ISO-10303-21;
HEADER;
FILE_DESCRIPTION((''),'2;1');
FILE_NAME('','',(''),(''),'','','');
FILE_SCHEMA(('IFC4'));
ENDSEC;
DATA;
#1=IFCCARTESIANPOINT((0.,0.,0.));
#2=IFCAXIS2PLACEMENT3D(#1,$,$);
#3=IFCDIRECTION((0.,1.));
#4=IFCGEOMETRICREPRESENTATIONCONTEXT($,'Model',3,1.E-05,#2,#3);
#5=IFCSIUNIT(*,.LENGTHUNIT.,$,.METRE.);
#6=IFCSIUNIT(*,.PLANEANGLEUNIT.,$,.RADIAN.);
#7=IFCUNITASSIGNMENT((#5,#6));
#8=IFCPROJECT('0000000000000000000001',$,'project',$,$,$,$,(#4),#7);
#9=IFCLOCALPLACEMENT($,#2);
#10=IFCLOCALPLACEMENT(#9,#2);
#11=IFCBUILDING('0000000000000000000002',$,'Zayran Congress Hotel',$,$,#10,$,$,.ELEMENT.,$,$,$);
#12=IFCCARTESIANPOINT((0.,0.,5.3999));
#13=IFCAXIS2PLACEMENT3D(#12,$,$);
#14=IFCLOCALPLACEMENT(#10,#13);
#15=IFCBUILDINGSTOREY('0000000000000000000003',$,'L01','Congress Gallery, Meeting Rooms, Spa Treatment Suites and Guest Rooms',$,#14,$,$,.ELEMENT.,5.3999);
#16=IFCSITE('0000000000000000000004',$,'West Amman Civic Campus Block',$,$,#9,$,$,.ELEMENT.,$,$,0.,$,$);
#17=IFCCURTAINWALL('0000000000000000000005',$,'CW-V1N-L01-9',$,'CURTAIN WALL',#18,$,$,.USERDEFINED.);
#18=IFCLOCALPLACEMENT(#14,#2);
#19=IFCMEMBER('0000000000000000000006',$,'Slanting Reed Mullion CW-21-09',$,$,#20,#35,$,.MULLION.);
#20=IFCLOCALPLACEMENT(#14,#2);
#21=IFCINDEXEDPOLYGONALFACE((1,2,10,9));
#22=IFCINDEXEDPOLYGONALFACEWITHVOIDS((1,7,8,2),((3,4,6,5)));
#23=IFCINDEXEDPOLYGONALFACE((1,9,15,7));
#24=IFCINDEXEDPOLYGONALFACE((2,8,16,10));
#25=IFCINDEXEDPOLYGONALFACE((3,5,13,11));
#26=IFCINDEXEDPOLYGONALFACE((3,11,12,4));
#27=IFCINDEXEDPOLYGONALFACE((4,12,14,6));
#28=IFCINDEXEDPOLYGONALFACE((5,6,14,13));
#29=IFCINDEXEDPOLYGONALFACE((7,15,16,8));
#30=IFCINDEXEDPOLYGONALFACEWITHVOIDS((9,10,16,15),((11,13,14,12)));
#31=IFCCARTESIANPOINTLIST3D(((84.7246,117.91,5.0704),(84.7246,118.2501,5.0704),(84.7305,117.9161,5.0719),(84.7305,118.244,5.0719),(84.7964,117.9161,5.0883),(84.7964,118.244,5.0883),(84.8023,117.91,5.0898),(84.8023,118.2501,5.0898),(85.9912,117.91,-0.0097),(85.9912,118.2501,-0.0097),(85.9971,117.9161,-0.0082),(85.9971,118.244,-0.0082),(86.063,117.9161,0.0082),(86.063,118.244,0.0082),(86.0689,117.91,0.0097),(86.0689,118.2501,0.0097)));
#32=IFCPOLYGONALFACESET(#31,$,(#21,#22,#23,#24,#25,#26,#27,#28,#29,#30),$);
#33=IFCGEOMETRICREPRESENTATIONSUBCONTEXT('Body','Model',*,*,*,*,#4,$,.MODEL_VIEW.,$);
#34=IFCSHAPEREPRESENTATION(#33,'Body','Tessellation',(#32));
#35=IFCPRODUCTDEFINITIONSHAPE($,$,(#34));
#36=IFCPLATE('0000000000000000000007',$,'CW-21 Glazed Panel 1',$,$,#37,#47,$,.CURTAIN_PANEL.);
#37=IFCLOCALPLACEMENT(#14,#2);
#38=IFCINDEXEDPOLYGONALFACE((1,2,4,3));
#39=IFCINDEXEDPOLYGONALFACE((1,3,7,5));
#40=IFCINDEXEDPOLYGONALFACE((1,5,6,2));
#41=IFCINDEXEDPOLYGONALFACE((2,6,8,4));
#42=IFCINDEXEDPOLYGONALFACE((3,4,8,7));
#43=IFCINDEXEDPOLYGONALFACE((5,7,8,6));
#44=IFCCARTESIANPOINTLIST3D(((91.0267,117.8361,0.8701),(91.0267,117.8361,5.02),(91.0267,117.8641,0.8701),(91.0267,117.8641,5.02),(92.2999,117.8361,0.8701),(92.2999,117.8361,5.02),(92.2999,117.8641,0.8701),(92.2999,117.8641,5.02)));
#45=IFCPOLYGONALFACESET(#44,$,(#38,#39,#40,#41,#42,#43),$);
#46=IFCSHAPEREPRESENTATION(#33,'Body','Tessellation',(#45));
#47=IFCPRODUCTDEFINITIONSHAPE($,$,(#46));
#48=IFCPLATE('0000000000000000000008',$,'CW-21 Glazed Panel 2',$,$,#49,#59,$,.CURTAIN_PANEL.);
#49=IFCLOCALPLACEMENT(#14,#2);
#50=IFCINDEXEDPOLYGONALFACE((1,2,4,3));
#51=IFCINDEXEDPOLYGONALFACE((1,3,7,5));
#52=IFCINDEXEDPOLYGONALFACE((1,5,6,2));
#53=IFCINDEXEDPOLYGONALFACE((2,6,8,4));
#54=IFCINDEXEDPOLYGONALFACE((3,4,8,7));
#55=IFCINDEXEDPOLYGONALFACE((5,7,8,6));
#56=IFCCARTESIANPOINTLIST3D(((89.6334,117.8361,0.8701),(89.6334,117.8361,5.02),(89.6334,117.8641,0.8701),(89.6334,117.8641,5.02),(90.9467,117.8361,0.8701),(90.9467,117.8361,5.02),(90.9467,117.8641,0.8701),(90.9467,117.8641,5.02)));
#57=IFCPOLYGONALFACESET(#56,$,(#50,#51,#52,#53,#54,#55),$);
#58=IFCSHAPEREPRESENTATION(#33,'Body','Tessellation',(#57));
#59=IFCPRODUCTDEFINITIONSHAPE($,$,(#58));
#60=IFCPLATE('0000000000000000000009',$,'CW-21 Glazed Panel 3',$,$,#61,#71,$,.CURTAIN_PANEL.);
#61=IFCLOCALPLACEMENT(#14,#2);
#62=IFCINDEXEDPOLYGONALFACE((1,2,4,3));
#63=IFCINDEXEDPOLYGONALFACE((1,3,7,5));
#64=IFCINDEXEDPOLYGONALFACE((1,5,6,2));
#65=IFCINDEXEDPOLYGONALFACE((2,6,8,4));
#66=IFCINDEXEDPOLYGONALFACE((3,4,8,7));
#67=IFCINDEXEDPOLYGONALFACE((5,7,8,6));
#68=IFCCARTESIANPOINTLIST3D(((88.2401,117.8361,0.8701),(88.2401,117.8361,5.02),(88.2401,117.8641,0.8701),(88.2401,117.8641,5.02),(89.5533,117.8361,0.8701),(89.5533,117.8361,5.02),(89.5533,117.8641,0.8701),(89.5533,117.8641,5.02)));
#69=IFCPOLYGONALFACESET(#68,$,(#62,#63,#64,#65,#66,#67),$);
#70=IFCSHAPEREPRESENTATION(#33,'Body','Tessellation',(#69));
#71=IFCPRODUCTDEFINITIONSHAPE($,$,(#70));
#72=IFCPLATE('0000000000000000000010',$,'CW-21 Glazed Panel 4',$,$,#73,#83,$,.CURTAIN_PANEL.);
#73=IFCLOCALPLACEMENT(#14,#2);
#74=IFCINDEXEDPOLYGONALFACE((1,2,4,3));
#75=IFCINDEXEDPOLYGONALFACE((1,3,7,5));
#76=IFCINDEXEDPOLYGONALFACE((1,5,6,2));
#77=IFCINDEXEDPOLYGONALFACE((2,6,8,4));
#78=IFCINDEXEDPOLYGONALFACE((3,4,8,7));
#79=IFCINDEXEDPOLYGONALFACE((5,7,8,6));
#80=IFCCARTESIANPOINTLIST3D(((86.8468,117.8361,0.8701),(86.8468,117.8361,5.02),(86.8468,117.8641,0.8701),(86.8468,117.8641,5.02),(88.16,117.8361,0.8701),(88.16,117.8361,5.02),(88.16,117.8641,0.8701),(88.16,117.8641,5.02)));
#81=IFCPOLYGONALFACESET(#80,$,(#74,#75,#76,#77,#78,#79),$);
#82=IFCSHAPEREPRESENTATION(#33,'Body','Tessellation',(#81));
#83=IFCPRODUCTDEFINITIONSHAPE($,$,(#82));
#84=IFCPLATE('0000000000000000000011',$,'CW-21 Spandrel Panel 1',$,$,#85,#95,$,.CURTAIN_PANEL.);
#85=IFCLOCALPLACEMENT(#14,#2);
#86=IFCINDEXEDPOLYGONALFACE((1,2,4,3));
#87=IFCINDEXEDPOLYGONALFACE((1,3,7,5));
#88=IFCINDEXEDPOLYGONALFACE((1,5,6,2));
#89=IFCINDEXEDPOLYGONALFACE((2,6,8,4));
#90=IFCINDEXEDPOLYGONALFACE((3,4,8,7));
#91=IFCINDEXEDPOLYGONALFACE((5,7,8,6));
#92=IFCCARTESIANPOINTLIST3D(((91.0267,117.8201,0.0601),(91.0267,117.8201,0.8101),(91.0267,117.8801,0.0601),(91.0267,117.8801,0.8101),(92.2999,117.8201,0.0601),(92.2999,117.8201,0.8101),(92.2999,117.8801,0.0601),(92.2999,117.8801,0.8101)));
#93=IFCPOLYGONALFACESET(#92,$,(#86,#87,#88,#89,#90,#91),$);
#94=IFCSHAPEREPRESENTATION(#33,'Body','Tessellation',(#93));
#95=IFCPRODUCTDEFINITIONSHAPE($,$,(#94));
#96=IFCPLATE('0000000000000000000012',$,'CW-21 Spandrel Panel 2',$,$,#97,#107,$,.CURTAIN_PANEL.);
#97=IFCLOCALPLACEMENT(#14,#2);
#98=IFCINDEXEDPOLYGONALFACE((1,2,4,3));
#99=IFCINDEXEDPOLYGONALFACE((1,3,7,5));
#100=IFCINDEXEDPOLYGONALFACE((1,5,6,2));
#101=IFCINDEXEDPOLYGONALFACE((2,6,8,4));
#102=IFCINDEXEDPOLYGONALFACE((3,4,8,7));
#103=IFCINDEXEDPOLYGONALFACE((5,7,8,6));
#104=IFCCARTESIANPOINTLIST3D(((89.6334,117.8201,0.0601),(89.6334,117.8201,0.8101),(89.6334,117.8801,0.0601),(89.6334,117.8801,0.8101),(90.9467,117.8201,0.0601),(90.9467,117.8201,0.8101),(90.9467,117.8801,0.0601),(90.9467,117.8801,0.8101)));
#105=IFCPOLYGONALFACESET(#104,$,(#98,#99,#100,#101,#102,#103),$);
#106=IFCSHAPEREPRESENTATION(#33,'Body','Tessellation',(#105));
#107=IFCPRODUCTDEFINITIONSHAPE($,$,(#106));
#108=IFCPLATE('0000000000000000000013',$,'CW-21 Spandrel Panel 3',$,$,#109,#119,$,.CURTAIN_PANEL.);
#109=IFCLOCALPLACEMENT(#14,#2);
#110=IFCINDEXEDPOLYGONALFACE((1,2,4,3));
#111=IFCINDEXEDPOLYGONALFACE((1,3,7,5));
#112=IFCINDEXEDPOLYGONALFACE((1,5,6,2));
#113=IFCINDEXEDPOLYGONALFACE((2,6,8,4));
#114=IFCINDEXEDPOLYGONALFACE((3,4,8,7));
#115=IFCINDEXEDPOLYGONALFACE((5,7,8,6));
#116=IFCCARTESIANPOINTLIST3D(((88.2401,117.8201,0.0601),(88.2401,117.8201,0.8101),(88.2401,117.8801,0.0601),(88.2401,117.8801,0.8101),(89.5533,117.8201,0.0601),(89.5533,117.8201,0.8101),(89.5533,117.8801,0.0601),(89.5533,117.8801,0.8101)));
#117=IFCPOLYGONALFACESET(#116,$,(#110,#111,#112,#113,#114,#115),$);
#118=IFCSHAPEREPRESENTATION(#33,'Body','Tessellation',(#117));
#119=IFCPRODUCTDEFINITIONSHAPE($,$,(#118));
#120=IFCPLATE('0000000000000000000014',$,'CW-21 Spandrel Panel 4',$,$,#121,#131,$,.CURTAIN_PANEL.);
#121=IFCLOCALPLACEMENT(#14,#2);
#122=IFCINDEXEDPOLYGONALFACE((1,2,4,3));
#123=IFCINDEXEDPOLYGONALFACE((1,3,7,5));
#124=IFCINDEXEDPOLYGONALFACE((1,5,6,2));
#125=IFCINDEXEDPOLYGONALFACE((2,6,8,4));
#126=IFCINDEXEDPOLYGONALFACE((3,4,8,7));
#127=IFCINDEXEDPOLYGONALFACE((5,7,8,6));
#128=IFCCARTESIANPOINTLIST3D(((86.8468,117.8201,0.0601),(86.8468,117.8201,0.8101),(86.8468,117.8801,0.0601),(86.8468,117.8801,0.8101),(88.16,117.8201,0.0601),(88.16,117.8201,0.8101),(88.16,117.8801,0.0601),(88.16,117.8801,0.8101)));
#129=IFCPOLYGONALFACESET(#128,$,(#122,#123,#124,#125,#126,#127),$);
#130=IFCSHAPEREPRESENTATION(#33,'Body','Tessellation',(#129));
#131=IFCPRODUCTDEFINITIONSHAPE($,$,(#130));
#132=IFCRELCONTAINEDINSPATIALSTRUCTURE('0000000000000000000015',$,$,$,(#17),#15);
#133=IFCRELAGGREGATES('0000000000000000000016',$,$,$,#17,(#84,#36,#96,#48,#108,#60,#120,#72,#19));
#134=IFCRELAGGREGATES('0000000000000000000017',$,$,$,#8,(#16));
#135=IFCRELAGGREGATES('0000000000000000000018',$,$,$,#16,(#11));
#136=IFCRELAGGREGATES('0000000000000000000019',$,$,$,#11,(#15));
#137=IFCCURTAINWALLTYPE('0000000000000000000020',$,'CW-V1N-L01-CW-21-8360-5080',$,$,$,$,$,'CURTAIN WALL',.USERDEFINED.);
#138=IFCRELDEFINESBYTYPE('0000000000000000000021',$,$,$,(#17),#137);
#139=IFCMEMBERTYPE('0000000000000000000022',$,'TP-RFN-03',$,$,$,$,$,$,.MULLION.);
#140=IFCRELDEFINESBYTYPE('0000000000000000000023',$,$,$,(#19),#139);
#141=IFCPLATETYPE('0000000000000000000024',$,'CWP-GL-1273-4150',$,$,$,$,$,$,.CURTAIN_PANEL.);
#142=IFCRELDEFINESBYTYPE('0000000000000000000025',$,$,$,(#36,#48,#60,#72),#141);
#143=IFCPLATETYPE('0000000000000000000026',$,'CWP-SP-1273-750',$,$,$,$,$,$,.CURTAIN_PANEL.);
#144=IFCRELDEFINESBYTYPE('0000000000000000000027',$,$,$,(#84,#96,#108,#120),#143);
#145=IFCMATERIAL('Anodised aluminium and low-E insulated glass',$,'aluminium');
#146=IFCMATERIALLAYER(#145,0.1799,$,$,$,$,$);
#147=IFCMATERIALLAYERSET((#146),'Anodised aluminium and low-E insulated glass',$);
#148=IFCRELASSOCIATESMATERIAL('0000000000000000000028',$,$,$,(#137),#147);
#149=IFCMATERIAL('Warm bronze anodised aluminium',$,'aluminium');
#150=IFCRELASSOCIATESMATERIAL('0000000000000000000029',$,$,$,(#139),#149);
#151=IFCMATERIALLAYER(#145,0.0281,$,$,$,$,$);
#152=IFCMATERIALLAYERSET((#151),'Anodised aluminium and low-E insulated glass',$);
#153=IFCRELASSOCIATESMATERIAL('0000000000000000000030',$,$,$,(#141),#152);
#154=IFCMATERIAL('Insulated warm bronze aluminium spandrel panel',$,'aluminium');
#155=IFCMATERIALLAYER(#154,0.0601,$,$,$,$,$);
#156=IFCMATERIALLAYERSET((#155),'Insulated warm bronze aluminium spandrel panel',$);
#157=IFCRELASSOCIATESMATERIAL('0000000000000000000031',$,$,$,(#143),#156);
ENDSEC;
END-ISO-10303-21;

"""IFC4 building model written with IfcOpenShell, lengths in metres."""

from ifc_helpers import new_model, si_unit, direction, frame, origin, origin_2d, place, context, subcontext, project, spatial, rectangle, hollow_rectangle, extrude, material, layer, layer_set, material_profile, profile_set, type_object, element, aggregate, save


model = new_model("IFC4")

# Units and contexts
model_context = context("Model", 3, precision=1e-05, world=origin(), true_north=direction((0.0, 1.0)))
body_context = subcontext(model_context, "Body", "Model", "MODEL_VIEW")
ifc_project = project(units=[si_unit("LENGTHUNIT", "METRE"), si_unit("PLANEANGLEUNIT", "RADIAN")], contexts=[model_context])

# Site, building, storey
site_placement = place(None, origin())
site = spatial("IfcSite", under=ifc_project, at=site_placement, Name="West Amman Civic Campus Block", CompositionType="ELEMENT", RefElevation=0.0)
building_placement = place(site_placement, origin())
building = spatial("IfcBuilding", under=site, at=building_placement, Name="Zayran Congress Hotel", CompositionType="ELEMENT")
storey_placement = place(building_placement, frame((0.0, 0.0, 5.3999)))
storey = spatial("IfcBuildingStorey", under=building, at=storey_placement, Name="L01", Description="Congress Gallery, Meeting Rooms, Spa Treatment Suites and Guest Rooms", CompositionType="ELEMENT", Elevation=5.3999)

# Curtain wall, member, plates
ifc_material_1 = material(Name="Anodised aluminium and low-E insulated glass", Category="aluminium")
ifc_layer_1 = layer(ifc_material_1, 0.1799)
ifc_layer_set_1 = layer_set([ifc_layer_1], Name="Anodised aluminium and low-E insulated glass")
curtain_wall_type = type_object("IfcCurtainWallType", Name="CW-V1N-L01-CW-21-8360-5080", ElementType="CURTAIN WALL", PredefinedType="USERDEFINED", material=ifc_layer_set_1)
curtain_wall_placement = place(storey_placement, origin())
curtain_wall = element("IfcCurtainWall", 1, at=curtain_wall_placement, inside=storey, type_object=curtain_wall_type, Name="CW-V1N-L01-9", ObjectType="CURTAIN WALL", PredefinedType="USERDEFINED")
ifc_material_2 = material(Name="Warm bronze anodised aluminium", Category="aluminium")
ifc_material_profile_1 = material_profile(ifc_material_2, hollow_rectangle(XDim=0.0801, YDim=0.3401, WallThickness=0.0061, at=origin_2d()), Name="RHS 340x80x6")
ifc_profile_set_1 = profile_set([ifc_material_profile_1], Name="Warm bronze anodised aluminium")
member_type_1 = type_object("IfcMemberType", Name="TP-RFN-03", PredefinedType="MULLION", material=ifc_profile_set_1)
member_1_placement = place(storey_placement, frame((86.03, 118.0801, 0.0), z_axis=(-0.241921, 0.0, 0.970296), x_axis=(0.970296, 0.0, 0.241921)))
member_1 = element("IfcMember", 2, at=member_1_placement, type_object=member_type_1, Name="Slanting Reed Mullion CW-21-09", PredefinedType="MULLION", context=body_context, shape_type="SweptSolid", body=[
    extrude(hollow_rectangle(XDim=0.0801, YDim=0.3401, WallThickness=0.0061, at=origin_2d()), origin(), (0.0, 0.0, 1.0), 5.2356),
])
ifc_layer_2 = layer(ifc_material_1, 0.0281)
ifc_layer_set_2 = layer_set([ifc_layer_2], Name="Anodised aluminium and low-E insulated glass")
plate_type_1 = type_object("IfcPlateType", Name="CWP-GL-1273-4150", PredefinedType="CURTAIN_PANEL", material=ifc_layer_set_2)
plate_1_placement = place(storey_placement, frame((91.6633, 117.8501, 0.8701), z_axis=(0.0, 0.0, 1.0), x_axis=(1.0, 0.0, 0.0)))
plate_1 = element("IfcPlate", 3, at=plate_1_placement, type_object=plate_type_1, Name="CW-21 Glazed Panel 1", PredefinedType="CURTAIN_PANEL", context=body_context, shape_type="SweptSolid", body=[
    extrude(rectangle(XDim=1.2732, YDim=0.0281, at=origin_2d()), origin(), (0.0, 0.0, 1.0), 4.1499),
])
plate_2_placement = place(storey_placement, frame((90.29, 117.8501, 0.8701), z_axis=(0.0, 0.0, 1.0), x_axis=(1.0, 0.0, 0.0)))
plate_2 = element("IfcPlate", 4, at=plate_2_placement, type_object=plate_type_1, Name="CW-21 Glazed Panel 2", PredefinedType="CURTAIN_PANEL", context=body_context, shape_type="SweptSolid", body=[
    extrude(rectangle(XDim=1.3132, YDim=0.0281, at=origin_2d()), origin(), (0.0, 0.0, 1.0), 4.1499),
])
plate_3_placement = place(storey_placement, frame((88.8967, 117.8501, 0.8701), z_axis=(0.0, 0.0, 1.0), x_axis=(1.0, 0.0, 0.0)))
plate_3 = element("IfcPlate", 5, at=plate_3_placement, type_object=plate_type_1, Name="CW-21 Glazed Panel 3", PredefinedType="CURTAIN_PANEL", context=body_context, shape_type="SweptSolid", body=[
    extrude(rectangle(XDim=1.3132, YDim=0.0281, at=origin_2d()), origin(), (0.0, 0.0, 1.0), 4.1499),
])
plate_4_placement = place(storey_placement, frame((87.5034, 117.8501, 0.8701), z_axis=(0.0, 0.0, 1.0), x_axis=(1.0, 0.0, 0.0)))
plate_4 = element("IfcPlate", 6, at=plate_4_placement, type_object=plate_type_1, Name="CW-21 Glazed Panel 4", PredefinedType="CURTAIN_PANEL", context=body_context, shape_type="SweptSolid", body=[
    extrude(rectangle(XDim=1.3132, YDim=0.0281, at=origin_2d()), origin(), (0.0, 0.0, 1.0), 4.1499),
])
ifc_material_3 = material(Name="Insulated warm bronze aluminium spandrel panel", Category="aluminium")
ifc_layer_3 = layer(ifc_material_3, 0.0601)
ifc_layer_set_3 = layer_set([ifc_layer_3], Name="Insulated warm bronze aluminium spandrel panel")
plate_type_2 = type_object("IfcPlateType", Name="CWP-SP-1273-750", PredefinedType="CURTAIN_PANEL", material=ifc_layer_set_3)
plate_5_placement = place(storey_placement, frame((91.6633, 117.8501, 0.0601), z_axis=(0.0, 0.0, 1.0), x_axis=(1.0, 0.0, 0.0)))
plate_5 = element("IfcPlate", 7, at=plate_5_placement, type_object=plate_type_2, Name="CW-21 Spandrel Panel 1", PredefinedType="CURTAIN_PANEL", context=body_context, shape_type="SweptSolid", body=[
    extrude(rectangle(XDim=1.2732, YDim=0.0601, at=origin_2d()), origin(), (0.0, 0.0, 1.0), 0.75),
])
plate_6_placement = place(storey_placement, frame((90.29, 117.8501, 0.0601), z_axis=(0.0, 0.0, 1.0), x_axis=(1.0, 0.0, 0.0)))
plate_6 = element("IfcPlate", 8, at=plate_6_placement, type_object=plate_type_2, Name="CW-21 Spandrel Panel 2", PredefinedType="CURTAIN_PANEL", context=body_context, shape_type="SweptSolid", body=[
    extrude(rectangle(XDim=1.3132, YDim=0.0601, at=origin_2d()), origin(), (0.0, 0.0, 1.0), 0.75),
])
plate_7_placement = place(storey_placement, frame((88.8967, 117.8501, 0.0601), z_axis=(0.0, 0.0, 1.0), x_axis=(1.0, 0.0, 0.0)))
plate_7 = element("IfcPlate", 9, at=plate_7_placement, type_object=plate_type_2, Name="CW-21 Spandrel Panel 3", PredefinedType="CURTAIN_PANEL", context=body_context, shape_type="SweptSolid", body=[
    extrude(rectangle(XDim=1.3132, YDim=0.0601, at=origin_2d()), origin(), (0.0, 0.0, 1.0), 0.75),
])
plate_8_placement = place(storey_placement, frame((87.5034, 117.8501, 0.0601), z_axis=(0.0, 0.0, 1.0), x_axis=(1.0, 0.0, 0.0)))
plate_8 = element("IfcPlate", 10, at=plate_8_placement, type_object=plate_type_2, Name="CW-21 Spandrel Panel 4", PredefinedType="CURTAIN_PANEL", context=body_context, shape_type="SweptSolid", body=[
    extrude(rectangle(XDim=1.3132, YDim=0.0601, at=origin_2d()), origin(), (0.0, 0.0, 1.0), 0.75),
])
aggregate(curtain_wall, [plate_5, plate_1, plate_6, plate_2, plate_7, plate_3, plate_8, plate_4, member_1])

save(model, "model.ifc")
